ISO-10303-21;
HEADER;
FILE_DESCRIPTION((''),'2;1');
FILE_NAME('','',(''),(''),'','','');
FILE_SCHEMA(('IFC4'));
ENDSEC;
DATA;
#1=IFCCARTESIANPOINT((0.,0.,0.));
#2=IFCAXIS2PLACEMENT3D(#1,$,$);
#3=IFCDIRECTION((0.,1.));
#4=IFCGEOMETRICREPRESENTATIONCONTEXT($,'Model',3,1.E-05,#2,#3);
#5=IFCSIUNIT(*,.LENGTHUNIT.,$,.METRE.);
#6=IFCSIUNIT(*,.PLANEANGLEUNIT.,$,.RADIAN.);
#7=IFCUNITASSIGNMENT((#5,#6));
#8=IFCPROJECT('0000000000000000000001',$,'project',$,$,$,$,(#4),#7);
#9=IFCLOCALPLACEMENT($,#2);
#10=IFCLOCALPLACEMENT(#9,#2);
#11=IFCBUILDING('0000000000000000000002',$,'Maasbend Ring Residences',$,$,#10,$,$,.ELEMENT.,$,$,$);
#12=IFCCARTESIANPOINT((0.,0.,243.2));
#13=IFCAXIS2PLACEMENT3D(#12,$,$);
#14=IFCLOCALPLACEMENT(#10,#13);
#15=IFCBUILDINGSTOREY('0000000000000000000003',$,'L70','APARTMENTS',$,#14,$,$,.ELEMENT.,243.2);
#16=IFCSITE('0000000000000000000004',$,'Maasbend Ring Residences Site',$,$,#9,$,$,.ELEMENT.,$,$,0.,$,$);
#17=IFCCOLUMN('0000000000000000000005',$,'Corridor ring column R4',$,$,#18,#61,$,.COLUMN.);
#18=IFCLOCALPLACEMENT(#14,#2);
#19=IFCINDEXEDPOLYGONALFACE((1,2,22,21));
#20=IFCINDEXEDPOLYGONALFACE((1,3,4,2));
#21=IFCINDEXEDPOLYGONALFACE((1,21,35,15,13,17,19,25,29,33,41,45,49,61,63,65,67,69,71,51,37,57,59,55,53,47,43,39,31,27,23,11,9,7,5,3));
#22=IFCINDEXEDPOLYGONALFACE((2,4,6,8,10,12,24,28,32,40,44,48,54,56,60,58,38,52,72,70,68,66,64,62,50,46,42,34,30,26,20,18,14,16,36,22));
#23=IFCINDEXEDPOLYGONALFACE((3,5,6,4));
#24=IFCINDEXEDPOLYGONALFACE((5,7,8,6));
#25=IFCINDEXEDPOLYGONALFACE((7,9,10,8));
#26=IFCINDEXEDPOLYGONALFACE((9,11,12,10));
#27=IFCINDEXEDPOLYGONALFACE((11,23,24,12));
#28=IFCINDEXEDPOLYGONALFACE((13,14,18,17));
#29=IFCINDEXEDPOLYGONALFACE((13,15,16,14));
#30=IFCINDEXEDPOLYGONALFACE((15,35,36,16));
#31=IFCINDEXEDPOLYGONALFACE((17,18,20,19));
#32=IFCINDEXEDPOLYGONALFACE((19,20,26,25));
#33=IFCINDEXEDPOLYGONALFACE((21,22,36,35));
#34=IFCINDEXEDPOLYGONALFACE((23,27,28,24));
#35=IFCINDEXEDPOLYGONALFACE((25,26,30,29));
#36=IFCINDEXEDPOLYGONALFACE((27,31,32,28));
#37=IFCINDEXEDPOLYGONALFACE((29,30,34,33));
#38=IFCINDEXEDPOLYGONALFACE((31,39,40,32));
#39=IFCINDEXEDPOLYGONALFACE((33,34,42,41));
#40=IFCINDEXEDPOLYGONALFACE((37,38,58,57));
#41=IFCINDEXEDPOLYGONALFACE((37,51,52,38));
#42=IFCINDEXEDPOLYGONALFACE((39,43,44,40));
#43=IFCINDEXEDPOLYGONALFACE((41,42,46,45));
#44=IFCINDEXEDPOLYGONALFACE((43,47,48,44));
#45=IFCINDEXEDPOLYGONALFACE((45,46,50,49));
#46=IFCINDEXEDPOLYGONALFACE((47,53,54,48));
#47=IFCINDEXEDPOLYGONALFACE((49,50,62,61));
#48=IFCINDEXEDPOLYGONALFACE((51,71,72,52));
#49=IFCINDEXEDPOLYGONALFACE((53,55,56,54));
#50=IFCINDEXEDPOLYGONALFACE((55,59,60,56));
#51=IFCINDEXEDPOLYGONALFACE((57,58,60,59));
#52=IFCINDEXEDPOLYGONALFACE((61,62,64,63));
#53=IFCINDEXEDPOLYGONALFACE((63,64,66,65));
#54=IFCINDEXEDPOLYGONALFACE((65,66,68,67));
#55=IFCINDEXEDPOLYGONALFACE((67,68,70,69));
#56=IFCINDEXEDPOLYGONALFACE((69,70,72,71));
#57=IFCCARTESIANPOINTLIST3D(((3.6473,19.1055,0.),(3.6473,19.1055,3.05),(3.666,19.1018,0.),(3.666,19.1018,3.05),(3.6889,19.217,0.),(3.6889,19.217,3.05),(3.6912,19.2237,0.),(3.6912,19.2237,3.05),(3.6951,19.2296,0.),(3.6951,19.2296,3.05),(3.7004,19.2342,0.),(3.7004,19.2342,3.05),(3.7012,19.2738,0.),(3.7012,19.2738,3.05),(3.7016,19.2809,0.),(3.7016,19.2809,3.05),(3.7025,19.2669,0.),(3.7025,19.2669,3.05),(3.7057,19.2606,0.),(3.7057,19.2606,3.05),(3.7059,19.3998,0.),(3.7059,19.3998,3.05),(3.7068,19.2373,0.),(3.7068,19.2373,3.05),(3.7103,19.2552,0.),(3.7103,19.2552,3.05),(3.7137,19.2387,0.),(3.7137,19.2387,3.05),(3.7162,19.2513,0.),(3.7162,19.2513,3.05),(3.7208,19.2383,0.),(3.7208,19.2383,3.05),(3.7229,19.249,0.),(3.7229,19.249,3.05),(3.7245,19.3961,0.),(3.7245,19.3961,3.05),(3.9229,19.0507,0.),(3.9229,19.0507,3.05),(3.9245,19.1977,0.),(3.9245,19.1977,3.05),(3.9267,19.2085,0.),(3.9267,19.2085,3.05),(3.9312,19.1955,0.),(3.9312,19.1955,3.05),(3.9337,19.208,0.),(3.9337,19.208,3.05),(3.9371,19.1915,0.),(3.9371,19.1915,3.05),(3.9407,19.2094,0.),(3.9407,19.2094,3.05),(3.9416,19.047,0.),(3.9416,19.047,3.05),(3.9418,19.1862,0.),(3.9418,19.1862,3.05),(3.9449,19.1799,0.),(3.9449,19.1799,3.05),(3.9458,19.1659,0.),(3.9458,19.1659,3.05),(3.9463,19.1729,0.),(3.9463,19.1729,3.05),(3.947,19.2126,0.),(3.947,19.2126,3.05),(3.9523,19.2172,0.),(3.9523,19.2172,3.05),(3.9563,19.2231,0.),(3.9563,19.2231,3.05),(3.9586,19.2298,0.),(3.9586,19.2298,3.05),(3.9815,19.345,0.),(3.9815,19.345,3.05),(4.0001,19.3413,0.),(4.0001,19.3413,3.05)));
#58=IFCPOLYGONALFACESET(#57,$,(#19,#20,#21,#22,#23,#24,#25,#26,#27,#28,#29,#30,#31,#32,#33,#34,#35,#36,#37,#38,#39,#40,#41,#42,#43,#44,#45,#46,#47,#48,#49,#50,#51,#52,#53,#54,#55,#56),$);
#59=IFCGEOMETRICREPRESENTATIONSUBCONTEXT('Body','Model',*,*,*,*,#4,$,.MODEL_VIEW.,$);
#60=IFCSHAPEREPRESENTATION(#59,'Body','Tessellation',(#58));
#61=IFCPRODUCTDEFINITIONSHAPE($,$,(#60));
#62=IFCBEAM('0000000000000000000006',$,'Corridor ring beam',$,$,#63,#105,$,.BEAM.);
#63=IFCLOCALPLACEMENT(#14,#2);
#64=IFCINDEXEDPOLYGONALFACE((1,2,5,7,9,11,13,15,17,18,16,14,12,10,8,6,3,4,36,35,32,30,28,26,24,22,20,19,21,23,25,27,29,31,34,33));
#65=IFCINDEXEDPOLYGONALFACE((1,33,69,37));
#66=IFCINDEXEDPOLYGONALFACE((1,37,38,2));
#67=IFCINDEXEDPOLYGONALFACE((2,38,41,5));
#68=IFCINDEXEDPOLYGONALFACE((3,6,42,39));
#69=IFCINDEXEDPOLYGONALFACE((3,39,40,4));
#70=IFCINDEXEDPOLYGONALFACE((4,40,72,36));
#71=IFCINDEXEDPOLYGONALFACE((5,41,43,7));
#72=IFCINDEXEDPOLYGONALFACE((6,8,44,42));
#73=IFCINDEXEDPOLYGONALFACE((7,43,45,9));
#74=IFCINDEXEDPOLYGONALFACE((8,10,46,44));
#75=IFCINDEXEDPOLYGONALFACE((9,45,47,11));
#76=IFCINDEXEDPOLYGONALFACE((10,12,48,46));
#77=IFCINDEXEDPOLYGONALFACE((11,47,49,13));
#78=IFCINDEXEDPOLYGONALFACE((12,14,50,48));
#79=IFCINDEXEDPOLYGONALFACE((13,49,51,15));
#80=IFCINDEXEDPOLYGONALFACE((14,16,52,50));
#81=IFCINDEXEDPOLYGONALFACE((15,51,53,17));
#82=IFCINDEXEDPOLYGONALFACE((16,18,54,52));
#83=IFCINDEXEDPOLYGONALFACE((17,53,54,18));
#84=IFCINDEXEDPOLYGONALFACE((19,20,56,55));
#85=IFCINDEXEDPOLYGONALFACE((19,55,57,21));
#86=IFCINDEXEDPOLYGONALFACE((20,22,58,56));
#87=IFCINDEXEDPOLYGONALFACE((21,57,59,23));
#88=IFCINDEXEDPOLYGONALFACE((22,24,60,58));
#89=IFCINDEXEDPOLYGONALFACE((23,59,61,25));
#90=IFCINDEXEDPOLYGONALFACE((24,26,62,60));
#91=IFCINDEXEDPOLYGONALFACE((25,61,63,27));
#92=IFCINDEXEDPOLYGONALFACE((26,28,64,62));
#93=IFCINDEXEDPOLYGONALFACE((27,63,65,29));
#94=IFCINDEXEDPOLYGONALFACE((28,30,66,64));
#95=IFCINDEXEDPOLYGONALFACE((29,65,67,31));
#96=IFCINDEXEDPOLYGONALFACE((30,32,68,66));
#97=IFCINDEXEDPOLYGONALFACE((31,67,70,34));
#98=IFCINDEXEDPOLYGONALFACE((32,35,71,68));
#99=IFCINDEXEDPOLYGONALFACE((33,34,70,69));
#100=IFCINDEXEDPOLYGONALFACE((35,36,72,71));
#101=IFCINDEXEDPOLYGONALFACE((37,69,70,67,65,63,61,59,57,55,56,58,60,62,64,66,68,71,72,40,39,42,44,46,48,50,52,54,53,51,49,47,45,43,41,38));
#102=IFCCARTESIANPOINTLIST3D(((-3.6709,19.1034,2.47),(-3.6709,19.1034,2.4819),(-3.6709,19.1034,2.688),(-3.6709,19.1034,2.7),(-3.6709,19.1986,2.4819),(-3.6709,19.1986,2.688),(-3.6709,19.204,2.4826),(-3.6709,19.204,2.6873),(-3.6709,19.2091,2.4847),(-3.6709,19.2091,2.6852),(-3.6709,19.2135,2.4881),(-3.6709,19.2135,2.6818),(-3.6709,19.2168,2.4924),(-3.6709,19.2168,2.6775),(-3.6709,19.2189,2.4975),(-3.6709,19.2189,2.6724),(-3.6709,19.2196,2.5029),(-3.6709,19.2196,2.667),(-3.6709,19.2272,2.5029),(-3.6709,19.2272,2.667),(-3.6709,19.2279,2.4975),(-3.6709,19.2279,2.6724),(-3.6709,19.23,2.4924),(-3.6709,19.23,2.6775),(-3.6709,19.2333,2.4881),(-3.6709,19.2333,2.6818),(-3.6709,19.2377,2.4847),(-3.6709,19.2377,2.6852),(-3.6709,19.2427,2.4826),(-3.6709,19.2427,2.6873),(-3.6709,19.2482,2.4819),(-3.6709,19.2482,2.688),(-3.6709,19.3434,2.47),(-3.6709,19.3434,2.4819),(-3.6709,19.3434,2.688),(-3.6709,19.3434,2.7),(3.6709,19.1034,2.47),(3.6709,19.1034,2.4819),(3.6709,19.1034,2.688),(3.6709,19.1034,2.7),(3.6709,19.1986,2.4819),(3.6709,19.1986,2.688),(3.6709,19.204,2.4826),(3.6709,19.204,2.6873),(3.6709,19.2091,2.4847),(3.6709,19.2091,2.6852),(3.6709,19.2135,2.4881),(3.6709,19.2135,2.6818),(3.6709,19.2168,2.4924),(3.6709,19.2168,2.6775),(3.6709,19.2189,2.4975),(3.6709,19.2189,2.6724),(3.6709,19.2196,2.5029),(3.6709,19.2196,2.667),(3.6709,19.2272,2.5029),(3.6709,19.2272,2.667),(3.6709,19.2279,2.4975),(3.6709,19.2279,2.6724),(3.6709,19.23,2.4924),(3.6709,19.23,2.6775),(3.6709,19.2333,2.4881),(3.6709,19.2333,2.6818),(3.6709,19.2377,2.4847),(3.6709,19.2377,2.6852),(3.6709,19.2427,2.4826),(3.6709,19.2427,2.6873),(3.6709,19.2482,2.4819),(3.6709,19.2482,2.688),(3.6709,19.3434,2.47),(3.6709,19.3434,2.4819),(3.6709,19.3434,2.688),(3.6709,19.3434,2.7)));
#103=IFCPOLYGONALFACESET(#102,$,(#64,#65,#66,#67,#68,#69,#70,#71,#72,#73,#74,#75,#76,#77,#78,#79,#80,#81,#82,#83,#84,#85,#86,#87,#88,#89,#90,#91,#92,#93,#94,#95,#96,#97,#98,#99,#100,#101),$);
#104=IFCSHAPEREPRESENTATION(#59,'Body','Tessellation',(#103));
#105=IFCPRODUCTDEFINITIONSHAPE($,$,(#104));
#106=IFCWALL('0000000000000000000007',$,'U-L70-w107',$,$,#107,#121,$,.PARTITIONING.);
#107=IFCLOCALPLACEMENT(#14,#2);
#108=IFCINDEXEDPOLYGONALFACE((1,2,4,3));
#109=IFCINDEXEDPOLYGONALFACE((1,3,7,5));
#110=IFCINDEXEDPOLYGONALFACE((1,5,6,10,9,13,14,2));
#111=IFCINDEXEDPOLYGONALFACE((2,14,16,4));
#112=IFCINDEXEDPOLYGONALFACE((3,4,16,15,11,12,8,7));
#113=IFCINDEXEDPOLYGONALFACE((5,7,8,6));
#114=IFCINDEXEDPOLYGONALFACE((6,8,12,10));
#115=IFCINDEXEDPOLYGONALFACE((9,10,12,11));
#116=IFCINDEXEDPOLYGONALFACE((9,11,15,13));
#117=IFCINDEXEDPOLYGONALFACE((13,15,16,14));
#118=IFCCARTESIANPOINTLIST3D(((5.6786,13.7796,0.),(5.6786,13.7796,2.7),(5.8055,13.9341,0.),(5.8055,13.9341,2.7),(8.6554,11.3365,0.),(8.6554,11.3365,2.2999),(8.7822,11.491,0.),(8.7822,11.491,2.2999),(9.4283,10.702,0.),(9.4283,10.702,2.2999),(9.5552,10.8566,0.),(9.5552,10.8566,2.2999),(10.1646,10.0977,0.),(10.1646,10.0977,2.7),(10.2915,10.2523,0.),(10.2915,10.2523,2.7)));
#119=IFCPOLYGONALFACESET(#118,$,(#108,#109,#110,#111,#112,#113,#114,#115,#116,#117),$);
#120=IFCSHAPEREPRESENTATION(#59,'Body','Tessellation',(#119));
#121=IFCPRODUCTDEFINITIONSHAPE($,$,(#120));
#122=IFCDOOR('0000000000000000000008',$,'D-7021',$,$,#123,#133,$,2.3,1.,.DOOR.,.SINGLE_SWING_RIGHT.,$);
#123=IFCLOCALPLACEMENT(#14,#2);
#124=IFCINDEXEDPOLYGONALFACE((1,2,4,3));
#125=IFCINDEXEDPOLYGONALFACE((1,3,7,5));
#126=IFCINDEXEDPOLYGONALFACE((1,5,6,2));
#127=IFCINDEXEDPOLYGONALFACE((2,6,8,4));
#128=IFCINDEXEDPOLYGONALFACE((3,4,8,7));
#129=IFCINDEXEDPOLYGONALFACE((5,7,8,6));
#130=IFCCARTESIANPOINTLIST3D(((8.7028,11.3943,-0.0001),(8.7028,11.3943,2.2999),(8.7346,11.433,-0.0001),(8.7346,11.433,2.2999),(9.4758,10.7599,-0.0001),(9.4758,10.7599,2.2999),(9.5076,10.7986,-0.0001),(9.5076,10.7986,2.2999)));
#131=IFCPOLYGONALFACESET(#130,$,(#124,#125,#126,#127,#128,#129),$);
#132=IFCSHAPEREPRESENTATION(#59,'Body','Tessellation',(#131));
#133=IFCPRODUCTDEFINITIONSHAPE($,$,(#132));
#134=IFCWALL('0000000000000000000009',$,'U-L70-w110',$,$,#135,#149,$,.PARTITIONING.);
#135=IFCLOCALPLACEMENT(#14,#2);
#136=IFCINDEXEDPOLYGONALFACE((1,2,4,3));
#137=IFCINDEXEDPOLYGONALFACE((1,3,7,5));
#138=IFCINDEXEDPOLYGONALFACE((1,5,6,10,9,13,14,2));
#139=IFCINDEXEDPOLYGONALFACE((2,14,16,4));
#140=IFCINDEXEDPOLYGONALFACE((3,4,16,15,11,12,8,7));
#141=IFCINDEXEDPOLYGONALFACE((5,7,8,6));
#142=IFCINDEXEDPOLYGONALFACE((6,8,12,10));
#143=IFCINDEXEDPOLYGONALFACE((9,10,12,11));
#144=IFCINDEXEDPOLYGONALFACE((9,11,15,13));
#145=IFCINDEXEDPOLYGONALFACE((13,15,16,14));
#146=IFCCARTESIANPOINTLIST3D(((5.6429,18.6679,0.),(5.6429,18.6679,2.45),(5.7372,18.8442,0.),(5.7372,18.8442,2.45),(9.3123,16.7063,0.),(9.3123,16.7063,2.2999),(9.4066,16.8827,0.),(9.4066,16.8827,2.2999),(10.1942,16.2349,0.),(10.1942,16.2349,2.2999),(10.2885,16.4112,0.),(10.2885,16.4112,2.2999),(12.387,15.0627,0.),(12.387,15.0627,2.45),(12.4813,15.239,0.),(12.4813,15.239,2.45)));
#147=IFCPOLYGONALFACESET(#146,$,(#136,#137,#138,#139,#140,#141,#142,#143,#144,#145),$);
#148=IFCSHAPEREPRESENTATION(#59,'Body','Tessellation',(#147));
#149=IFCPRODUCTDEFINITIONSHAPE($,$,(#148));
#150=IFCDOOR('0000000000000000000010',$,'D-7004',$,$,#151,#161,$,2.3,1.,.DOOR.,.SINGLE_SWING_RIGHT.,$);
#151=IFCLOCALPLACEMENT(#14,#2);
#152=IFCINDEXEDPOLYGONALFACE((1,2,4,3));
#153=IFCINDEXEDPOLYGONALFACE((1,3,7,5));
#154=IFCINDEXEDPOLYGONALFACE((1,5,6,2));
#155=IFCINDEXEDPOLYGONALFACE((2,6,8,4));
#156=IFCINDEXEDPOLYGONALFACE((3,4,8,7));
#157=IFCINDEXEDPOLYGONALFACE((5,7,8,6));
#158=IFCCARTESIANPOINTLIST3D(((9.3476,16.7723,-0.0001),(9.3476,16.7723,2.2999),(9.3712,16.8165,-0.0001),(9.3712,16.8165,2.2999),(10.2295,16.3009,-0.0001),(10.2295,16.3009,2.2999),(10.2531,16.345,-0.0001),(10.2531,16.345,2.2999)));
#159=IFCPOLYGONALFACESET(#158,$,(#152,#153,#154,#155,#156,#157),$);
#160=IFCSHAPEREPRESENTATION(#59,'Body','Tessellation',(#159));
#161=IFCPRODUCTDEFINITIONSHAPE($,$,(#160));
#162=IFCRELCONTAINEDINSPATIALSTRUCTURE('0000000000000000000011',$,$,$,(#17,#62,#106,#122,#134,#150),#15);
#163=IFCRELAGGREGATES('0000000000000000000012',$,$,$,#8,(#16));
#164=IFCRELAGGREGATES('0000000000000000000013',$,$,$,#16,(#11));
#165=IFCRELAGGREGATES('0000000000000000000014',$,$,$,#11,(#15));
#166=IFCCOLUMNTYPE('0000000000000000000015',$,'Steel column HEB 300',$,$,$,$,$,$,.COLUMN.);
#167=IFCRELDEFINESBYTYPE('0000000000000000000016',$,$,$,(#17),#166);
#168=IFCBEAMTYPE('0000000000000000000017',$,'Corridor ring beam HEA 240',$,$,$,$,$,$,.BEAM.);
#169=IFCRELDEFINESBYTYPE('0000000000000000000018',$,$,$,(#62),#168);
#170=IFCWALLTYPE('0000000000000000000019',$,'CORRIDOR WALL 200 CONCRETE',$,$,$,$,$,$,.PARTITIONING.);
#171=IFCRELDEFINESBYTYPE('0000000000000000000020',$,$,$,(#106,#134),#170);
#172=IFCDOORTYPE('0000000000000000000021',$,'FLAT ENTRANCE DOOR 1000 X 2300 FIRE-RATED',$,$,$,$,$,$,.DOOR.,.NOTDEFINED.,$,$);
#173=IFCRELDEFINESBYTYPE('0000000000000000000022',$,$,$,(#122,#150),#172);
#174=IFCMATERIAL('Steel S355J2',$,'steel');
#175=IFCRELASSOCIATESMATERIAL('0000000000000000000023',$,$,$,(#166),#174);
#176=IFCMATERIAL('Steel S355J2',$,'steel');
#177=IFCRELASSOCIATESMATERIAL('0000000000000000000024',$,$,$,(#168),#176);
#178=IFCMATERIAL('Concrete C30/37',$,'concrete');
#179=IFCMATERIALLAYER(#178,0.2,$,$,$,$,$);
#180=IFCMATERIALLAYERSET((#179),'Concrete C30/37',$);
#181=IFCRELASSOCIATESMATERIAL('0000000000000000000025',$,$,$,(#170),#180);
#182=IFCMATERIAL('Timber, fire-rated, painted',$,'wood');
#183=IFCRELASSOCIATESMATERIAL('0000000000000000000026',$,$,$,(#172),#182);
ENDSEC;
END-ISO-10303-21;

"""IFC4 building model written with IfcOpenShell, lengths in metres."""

from ifc_helpers import new_model, si_unit, direction, frame, frame_2d, origin, origin_2d, place, context, subcontext, project, spatial, rectangle, i_section, extrude, material, layer, layer_set, material_profile, profile_set, type_object, element, fill, save


model = new_model("IFC4")

# Units and contexts
model_context = context("Model", 3, precision=1e-05, world=origin(), true_north=direction((0.0, 1.0)))
body_context = subcontext(model_context, "Body", "Model", "MODEL_VIEW")
ifc_project = project(units=[si_unit("LENGTHUNIT", "METRE"), si_unit("PLANEANGLEUNIT", "RADIAN")], contexts=[model_context])

# Site, building, storey
site_placement = place(None, origin())
site = spatial("IfcSite", under=ifc_project, at=site_placement, Name="Maasbend Ring Residences Site", CompositionType="ELEMENT", RefElevation=0.0)
building_placement = place(site_placement, origin())
building = spatial("IfcBuilding", under=site, at=building_placement, Name="Maasbend Ring Residences", CompositionType="ELEMENT")
storey_placement = place(building_placement, frame((0.0, 0.0, 243.2)))
storey = spatial("IfcBuildingStorey", under=building, at=storey_placement, Name="L70", Description="APARTMENTS", CompositionType="ELEMENT", Elevation=243.2)

# Column
ifc_material_1 = material(Name="Steel S355J2", Category="steel")
ifc_material_profile_1 = material_profile(ifc_material_1, i_section(OverallWidth=0.3, OverallDepth=0.3, WebThickness=0.011, FlangeThickness=0.019, FilletRadius=0.0271, at=origin_2d()), Name="HEB 300")
ifc_profile_set_1 = profile_set([ifc_material_profile_1], Name="Steel S355J2")
column_type = type_object("IfcColumnType", Name="Steel column HEB 300", PredefinedType="COLUMN", material=ifc_profile_set_1)
column_placement = place(storey_placement, frame((3.8237, 19.2234, 0.0), z_axis=(0.0, 0.0, 1.0), x_axis=(0.19509, 0.980785, 0.0)))
element("IfcColumn", 1, at=column_placement, inside=storey, type_object=column_type, Name="Corridor ring column R4", PredefinedType="COLUMN", context=body_context, shape_type="SweptSolid", body=[
    extrude(i_section(OverallWidth=0.3, OverallDepth=0.3, WebThickness=0.011, FlangeThickness=0.019, FilletRadius=0.0271, at=origin_2d()), origin(), (0.0, 0.0, 1.0), 3.05),
])

# Beam
ifc_material_2 = material(Name="Steel S355J2", Category="steel")
ifc_material_profile_2 = material_profile(ifc_material_2, i_section(OverallWidth=0.24, OverallDepth=0.23, WebThickness=0.0076, FlangeThickness=0.012, FilletRadius=0.021, at=origin_2d()), Name="HEA 240")
ifc_profile_set_2 = profile_set([ifc_material_profile_2], Name="Steel S355J2")
beam_type = type_object("IfcBeamType", Name="Corridor ring beam HEA 240", PredefinedType="BEAM", material=ifc_profile_set_2)
beam_placement = place(storey_placement, frame((3.6709, 19.2234, 2.585), z_axis=(-1.0, 0.0, 0.0), x_axis=(0.0, -1.0, 0.0)))
element("IfcBeam", 2, at=beam_placement, inside=storey, type_object=beam_type, Name="Corridor ring beam", PredefinedType="BEAM", context=body_context, shape_type="SweptSolid", body=[
    extrude(i_section(OverallWidth=0.24, OverallDepth=0.23, WebThickness=0.0076, FlangeThickness=0.012, FilletRadius=0.021, at=origin_2d()), origin(), (0.0, 0.0, 1.0), 7.3418),
])

# Walls, openings, doors
ifc_material_3 = material(Name="Concrete C30/37", Category="concrete")
ifc_layer_1 = layer(ifc_material_3, 0.2)
ifc_layer_set_1 = layer_set([ifc_layer_1], Name="Concrete C30/37")
wall_type_1 = type_object("IfcWallType", Name="CORRIDOR WALL 200 CONCRETE", PredefinedType="PARTITIONING", material=ifc_layer_set_1)
wall_1_placement = place(storey_placement, frame((5.7419, 13.8569, 0.0), z_axis=(0.0, 0.0, 1.0), x_axis=(0.772989, -0.634419, 0.0)))
wall_1 = element("IfcWall", 3, at=wall_1_placement, inside=storey, type_object=wall_type_1, Name="U-L70-w107", PredefinedType="PARTITIONING", context=body_context, shape_type="SweptSolid", body=[
    extrude(rectangle(XDim=5.8035, YDim=0.2, at=frame_2d((2.9019, 0.0))), origin(), (0.0, 0.0, 1.0), 2.7),
])
opening_1_placement = place(wall_1_placement, frame((3.8511, 0.0, 0.0)))
opening_1 = element("IfcOpeningElement", 4, at=opening_1_placement, cuts=wall_1, PredefinedType="OPENING", context=body_context, shape_type="SweptSolid", body=[
    extrude(rectangle(XDim=1.0, YDim=2.3, at=frame_2d((0.5, 1.1499))), frame((0.0, 0.1099, 0.0), z_axis=(0.0, -1.0, 0.0), x_axis=(1.0, 0.0, 0.0)), (0.0, 0.0, 1.0), 0.22),
])
ifc_material_4 = material(Name="Timber, fire-rated, painted", Category="wood")
door_type_1 = type_object("IfcDoorType", Name="FLAT ENTRANCE DOOR 1000 X 2300 FIRE-RATED", OperationType="NOTDEFINED", PredefinedType="DOOR", material=ifc_material_4)
door_1_placement = place(opening_1_placement, origin())
door_1 = element("IfcDoor", 5, at=door_1_placement, inside=storey, type_object=door_type_1, Name="D-7021", OperationType="SINGLE_SWING_RIGHT", OverallHeight=2.3, OverallWidth=1.0, PredefinedType="DOOR", context=body_context, shape_type="SweptSolid", body=[
    extrude(rectangle(XDim=1.0, YDim=2.3, at=frame_2d((0.5, 1.1499))), frame((0.0, 0.0249, 0.0), z_axis=(0.0, -1.0, 0.0), x_axis=(1.0, 0.0, 0.0)), (0.0, 0.0, 1.0), 0.05),
])
fill(opening_1, door_1)
wall_2_placement = place(storey_placement, frame((5.6899, 18.7561, 0.0), z_axis=(0.0, 0.0, 1.0), x_axis=(0.881899, -0.471438, 0.0)))
wall_2 = element("IfcWall", 6, at=wall_2_placement, inside=storey, type_object=wall_type_1, Name="U-L70-w110", PredefinedType="PARTITIONING", context=body_context, shape_type="SweptSolid", body=[
    extrude(rectangle(XDim=7.6472, YDim=0.2, at=frame_2d((3.8237, 0.0))), origin(), (0.0, 0.0, 1.0), 2.45),
])
opening_2_placement = place(wall_2_placement, frame((4.1609, 0.0, 0.0)))
opening_2 = element("IfcOpeningElement", 7, at=opening_2_placement, cuts=wall_2, PredefinedType="OPENING", context=body_context, shape_type="SweptSolid", body=[
    extrude(rectangle(XDim=1.0, YDim=2.3, at=frame_2d((0.5, 1.1499))), frame((0.0, 0.1099, 0.0), z_axis=(0.0, -1.0, 0.0), x_axis=(1.0, 0.0, 0.0)), (0.0, 0.0, 1.0), 0.22),
])
door_2_placement = place(opening_2_placement, origin())
door_2 = element("IfcDoor", 8, at=door_2_placement, inside=storey, type_object=door_type_1, Name="D-7004", OperationType="SINGLE_SWING_RIGHT", OverallHeight=2.3, OverallWidth=1.0, PredefinedType="DOOR", context=body_context, shape_type="SweptSolid", body=[
    extrude(rectangle(XDim=1.0, YDim=2.3, at=frame_2d((0.5, 1.1499))), frame((0.0, 0.0249, 0.0), z_axis=(0.0, -1.0, 0.0), x_axis=(1.0, 0.0, 0.0)), (0.0, 0.0, 1.0), 0.05),
])
fill(opening_2, door_2)

save(model, "model.ifc")
